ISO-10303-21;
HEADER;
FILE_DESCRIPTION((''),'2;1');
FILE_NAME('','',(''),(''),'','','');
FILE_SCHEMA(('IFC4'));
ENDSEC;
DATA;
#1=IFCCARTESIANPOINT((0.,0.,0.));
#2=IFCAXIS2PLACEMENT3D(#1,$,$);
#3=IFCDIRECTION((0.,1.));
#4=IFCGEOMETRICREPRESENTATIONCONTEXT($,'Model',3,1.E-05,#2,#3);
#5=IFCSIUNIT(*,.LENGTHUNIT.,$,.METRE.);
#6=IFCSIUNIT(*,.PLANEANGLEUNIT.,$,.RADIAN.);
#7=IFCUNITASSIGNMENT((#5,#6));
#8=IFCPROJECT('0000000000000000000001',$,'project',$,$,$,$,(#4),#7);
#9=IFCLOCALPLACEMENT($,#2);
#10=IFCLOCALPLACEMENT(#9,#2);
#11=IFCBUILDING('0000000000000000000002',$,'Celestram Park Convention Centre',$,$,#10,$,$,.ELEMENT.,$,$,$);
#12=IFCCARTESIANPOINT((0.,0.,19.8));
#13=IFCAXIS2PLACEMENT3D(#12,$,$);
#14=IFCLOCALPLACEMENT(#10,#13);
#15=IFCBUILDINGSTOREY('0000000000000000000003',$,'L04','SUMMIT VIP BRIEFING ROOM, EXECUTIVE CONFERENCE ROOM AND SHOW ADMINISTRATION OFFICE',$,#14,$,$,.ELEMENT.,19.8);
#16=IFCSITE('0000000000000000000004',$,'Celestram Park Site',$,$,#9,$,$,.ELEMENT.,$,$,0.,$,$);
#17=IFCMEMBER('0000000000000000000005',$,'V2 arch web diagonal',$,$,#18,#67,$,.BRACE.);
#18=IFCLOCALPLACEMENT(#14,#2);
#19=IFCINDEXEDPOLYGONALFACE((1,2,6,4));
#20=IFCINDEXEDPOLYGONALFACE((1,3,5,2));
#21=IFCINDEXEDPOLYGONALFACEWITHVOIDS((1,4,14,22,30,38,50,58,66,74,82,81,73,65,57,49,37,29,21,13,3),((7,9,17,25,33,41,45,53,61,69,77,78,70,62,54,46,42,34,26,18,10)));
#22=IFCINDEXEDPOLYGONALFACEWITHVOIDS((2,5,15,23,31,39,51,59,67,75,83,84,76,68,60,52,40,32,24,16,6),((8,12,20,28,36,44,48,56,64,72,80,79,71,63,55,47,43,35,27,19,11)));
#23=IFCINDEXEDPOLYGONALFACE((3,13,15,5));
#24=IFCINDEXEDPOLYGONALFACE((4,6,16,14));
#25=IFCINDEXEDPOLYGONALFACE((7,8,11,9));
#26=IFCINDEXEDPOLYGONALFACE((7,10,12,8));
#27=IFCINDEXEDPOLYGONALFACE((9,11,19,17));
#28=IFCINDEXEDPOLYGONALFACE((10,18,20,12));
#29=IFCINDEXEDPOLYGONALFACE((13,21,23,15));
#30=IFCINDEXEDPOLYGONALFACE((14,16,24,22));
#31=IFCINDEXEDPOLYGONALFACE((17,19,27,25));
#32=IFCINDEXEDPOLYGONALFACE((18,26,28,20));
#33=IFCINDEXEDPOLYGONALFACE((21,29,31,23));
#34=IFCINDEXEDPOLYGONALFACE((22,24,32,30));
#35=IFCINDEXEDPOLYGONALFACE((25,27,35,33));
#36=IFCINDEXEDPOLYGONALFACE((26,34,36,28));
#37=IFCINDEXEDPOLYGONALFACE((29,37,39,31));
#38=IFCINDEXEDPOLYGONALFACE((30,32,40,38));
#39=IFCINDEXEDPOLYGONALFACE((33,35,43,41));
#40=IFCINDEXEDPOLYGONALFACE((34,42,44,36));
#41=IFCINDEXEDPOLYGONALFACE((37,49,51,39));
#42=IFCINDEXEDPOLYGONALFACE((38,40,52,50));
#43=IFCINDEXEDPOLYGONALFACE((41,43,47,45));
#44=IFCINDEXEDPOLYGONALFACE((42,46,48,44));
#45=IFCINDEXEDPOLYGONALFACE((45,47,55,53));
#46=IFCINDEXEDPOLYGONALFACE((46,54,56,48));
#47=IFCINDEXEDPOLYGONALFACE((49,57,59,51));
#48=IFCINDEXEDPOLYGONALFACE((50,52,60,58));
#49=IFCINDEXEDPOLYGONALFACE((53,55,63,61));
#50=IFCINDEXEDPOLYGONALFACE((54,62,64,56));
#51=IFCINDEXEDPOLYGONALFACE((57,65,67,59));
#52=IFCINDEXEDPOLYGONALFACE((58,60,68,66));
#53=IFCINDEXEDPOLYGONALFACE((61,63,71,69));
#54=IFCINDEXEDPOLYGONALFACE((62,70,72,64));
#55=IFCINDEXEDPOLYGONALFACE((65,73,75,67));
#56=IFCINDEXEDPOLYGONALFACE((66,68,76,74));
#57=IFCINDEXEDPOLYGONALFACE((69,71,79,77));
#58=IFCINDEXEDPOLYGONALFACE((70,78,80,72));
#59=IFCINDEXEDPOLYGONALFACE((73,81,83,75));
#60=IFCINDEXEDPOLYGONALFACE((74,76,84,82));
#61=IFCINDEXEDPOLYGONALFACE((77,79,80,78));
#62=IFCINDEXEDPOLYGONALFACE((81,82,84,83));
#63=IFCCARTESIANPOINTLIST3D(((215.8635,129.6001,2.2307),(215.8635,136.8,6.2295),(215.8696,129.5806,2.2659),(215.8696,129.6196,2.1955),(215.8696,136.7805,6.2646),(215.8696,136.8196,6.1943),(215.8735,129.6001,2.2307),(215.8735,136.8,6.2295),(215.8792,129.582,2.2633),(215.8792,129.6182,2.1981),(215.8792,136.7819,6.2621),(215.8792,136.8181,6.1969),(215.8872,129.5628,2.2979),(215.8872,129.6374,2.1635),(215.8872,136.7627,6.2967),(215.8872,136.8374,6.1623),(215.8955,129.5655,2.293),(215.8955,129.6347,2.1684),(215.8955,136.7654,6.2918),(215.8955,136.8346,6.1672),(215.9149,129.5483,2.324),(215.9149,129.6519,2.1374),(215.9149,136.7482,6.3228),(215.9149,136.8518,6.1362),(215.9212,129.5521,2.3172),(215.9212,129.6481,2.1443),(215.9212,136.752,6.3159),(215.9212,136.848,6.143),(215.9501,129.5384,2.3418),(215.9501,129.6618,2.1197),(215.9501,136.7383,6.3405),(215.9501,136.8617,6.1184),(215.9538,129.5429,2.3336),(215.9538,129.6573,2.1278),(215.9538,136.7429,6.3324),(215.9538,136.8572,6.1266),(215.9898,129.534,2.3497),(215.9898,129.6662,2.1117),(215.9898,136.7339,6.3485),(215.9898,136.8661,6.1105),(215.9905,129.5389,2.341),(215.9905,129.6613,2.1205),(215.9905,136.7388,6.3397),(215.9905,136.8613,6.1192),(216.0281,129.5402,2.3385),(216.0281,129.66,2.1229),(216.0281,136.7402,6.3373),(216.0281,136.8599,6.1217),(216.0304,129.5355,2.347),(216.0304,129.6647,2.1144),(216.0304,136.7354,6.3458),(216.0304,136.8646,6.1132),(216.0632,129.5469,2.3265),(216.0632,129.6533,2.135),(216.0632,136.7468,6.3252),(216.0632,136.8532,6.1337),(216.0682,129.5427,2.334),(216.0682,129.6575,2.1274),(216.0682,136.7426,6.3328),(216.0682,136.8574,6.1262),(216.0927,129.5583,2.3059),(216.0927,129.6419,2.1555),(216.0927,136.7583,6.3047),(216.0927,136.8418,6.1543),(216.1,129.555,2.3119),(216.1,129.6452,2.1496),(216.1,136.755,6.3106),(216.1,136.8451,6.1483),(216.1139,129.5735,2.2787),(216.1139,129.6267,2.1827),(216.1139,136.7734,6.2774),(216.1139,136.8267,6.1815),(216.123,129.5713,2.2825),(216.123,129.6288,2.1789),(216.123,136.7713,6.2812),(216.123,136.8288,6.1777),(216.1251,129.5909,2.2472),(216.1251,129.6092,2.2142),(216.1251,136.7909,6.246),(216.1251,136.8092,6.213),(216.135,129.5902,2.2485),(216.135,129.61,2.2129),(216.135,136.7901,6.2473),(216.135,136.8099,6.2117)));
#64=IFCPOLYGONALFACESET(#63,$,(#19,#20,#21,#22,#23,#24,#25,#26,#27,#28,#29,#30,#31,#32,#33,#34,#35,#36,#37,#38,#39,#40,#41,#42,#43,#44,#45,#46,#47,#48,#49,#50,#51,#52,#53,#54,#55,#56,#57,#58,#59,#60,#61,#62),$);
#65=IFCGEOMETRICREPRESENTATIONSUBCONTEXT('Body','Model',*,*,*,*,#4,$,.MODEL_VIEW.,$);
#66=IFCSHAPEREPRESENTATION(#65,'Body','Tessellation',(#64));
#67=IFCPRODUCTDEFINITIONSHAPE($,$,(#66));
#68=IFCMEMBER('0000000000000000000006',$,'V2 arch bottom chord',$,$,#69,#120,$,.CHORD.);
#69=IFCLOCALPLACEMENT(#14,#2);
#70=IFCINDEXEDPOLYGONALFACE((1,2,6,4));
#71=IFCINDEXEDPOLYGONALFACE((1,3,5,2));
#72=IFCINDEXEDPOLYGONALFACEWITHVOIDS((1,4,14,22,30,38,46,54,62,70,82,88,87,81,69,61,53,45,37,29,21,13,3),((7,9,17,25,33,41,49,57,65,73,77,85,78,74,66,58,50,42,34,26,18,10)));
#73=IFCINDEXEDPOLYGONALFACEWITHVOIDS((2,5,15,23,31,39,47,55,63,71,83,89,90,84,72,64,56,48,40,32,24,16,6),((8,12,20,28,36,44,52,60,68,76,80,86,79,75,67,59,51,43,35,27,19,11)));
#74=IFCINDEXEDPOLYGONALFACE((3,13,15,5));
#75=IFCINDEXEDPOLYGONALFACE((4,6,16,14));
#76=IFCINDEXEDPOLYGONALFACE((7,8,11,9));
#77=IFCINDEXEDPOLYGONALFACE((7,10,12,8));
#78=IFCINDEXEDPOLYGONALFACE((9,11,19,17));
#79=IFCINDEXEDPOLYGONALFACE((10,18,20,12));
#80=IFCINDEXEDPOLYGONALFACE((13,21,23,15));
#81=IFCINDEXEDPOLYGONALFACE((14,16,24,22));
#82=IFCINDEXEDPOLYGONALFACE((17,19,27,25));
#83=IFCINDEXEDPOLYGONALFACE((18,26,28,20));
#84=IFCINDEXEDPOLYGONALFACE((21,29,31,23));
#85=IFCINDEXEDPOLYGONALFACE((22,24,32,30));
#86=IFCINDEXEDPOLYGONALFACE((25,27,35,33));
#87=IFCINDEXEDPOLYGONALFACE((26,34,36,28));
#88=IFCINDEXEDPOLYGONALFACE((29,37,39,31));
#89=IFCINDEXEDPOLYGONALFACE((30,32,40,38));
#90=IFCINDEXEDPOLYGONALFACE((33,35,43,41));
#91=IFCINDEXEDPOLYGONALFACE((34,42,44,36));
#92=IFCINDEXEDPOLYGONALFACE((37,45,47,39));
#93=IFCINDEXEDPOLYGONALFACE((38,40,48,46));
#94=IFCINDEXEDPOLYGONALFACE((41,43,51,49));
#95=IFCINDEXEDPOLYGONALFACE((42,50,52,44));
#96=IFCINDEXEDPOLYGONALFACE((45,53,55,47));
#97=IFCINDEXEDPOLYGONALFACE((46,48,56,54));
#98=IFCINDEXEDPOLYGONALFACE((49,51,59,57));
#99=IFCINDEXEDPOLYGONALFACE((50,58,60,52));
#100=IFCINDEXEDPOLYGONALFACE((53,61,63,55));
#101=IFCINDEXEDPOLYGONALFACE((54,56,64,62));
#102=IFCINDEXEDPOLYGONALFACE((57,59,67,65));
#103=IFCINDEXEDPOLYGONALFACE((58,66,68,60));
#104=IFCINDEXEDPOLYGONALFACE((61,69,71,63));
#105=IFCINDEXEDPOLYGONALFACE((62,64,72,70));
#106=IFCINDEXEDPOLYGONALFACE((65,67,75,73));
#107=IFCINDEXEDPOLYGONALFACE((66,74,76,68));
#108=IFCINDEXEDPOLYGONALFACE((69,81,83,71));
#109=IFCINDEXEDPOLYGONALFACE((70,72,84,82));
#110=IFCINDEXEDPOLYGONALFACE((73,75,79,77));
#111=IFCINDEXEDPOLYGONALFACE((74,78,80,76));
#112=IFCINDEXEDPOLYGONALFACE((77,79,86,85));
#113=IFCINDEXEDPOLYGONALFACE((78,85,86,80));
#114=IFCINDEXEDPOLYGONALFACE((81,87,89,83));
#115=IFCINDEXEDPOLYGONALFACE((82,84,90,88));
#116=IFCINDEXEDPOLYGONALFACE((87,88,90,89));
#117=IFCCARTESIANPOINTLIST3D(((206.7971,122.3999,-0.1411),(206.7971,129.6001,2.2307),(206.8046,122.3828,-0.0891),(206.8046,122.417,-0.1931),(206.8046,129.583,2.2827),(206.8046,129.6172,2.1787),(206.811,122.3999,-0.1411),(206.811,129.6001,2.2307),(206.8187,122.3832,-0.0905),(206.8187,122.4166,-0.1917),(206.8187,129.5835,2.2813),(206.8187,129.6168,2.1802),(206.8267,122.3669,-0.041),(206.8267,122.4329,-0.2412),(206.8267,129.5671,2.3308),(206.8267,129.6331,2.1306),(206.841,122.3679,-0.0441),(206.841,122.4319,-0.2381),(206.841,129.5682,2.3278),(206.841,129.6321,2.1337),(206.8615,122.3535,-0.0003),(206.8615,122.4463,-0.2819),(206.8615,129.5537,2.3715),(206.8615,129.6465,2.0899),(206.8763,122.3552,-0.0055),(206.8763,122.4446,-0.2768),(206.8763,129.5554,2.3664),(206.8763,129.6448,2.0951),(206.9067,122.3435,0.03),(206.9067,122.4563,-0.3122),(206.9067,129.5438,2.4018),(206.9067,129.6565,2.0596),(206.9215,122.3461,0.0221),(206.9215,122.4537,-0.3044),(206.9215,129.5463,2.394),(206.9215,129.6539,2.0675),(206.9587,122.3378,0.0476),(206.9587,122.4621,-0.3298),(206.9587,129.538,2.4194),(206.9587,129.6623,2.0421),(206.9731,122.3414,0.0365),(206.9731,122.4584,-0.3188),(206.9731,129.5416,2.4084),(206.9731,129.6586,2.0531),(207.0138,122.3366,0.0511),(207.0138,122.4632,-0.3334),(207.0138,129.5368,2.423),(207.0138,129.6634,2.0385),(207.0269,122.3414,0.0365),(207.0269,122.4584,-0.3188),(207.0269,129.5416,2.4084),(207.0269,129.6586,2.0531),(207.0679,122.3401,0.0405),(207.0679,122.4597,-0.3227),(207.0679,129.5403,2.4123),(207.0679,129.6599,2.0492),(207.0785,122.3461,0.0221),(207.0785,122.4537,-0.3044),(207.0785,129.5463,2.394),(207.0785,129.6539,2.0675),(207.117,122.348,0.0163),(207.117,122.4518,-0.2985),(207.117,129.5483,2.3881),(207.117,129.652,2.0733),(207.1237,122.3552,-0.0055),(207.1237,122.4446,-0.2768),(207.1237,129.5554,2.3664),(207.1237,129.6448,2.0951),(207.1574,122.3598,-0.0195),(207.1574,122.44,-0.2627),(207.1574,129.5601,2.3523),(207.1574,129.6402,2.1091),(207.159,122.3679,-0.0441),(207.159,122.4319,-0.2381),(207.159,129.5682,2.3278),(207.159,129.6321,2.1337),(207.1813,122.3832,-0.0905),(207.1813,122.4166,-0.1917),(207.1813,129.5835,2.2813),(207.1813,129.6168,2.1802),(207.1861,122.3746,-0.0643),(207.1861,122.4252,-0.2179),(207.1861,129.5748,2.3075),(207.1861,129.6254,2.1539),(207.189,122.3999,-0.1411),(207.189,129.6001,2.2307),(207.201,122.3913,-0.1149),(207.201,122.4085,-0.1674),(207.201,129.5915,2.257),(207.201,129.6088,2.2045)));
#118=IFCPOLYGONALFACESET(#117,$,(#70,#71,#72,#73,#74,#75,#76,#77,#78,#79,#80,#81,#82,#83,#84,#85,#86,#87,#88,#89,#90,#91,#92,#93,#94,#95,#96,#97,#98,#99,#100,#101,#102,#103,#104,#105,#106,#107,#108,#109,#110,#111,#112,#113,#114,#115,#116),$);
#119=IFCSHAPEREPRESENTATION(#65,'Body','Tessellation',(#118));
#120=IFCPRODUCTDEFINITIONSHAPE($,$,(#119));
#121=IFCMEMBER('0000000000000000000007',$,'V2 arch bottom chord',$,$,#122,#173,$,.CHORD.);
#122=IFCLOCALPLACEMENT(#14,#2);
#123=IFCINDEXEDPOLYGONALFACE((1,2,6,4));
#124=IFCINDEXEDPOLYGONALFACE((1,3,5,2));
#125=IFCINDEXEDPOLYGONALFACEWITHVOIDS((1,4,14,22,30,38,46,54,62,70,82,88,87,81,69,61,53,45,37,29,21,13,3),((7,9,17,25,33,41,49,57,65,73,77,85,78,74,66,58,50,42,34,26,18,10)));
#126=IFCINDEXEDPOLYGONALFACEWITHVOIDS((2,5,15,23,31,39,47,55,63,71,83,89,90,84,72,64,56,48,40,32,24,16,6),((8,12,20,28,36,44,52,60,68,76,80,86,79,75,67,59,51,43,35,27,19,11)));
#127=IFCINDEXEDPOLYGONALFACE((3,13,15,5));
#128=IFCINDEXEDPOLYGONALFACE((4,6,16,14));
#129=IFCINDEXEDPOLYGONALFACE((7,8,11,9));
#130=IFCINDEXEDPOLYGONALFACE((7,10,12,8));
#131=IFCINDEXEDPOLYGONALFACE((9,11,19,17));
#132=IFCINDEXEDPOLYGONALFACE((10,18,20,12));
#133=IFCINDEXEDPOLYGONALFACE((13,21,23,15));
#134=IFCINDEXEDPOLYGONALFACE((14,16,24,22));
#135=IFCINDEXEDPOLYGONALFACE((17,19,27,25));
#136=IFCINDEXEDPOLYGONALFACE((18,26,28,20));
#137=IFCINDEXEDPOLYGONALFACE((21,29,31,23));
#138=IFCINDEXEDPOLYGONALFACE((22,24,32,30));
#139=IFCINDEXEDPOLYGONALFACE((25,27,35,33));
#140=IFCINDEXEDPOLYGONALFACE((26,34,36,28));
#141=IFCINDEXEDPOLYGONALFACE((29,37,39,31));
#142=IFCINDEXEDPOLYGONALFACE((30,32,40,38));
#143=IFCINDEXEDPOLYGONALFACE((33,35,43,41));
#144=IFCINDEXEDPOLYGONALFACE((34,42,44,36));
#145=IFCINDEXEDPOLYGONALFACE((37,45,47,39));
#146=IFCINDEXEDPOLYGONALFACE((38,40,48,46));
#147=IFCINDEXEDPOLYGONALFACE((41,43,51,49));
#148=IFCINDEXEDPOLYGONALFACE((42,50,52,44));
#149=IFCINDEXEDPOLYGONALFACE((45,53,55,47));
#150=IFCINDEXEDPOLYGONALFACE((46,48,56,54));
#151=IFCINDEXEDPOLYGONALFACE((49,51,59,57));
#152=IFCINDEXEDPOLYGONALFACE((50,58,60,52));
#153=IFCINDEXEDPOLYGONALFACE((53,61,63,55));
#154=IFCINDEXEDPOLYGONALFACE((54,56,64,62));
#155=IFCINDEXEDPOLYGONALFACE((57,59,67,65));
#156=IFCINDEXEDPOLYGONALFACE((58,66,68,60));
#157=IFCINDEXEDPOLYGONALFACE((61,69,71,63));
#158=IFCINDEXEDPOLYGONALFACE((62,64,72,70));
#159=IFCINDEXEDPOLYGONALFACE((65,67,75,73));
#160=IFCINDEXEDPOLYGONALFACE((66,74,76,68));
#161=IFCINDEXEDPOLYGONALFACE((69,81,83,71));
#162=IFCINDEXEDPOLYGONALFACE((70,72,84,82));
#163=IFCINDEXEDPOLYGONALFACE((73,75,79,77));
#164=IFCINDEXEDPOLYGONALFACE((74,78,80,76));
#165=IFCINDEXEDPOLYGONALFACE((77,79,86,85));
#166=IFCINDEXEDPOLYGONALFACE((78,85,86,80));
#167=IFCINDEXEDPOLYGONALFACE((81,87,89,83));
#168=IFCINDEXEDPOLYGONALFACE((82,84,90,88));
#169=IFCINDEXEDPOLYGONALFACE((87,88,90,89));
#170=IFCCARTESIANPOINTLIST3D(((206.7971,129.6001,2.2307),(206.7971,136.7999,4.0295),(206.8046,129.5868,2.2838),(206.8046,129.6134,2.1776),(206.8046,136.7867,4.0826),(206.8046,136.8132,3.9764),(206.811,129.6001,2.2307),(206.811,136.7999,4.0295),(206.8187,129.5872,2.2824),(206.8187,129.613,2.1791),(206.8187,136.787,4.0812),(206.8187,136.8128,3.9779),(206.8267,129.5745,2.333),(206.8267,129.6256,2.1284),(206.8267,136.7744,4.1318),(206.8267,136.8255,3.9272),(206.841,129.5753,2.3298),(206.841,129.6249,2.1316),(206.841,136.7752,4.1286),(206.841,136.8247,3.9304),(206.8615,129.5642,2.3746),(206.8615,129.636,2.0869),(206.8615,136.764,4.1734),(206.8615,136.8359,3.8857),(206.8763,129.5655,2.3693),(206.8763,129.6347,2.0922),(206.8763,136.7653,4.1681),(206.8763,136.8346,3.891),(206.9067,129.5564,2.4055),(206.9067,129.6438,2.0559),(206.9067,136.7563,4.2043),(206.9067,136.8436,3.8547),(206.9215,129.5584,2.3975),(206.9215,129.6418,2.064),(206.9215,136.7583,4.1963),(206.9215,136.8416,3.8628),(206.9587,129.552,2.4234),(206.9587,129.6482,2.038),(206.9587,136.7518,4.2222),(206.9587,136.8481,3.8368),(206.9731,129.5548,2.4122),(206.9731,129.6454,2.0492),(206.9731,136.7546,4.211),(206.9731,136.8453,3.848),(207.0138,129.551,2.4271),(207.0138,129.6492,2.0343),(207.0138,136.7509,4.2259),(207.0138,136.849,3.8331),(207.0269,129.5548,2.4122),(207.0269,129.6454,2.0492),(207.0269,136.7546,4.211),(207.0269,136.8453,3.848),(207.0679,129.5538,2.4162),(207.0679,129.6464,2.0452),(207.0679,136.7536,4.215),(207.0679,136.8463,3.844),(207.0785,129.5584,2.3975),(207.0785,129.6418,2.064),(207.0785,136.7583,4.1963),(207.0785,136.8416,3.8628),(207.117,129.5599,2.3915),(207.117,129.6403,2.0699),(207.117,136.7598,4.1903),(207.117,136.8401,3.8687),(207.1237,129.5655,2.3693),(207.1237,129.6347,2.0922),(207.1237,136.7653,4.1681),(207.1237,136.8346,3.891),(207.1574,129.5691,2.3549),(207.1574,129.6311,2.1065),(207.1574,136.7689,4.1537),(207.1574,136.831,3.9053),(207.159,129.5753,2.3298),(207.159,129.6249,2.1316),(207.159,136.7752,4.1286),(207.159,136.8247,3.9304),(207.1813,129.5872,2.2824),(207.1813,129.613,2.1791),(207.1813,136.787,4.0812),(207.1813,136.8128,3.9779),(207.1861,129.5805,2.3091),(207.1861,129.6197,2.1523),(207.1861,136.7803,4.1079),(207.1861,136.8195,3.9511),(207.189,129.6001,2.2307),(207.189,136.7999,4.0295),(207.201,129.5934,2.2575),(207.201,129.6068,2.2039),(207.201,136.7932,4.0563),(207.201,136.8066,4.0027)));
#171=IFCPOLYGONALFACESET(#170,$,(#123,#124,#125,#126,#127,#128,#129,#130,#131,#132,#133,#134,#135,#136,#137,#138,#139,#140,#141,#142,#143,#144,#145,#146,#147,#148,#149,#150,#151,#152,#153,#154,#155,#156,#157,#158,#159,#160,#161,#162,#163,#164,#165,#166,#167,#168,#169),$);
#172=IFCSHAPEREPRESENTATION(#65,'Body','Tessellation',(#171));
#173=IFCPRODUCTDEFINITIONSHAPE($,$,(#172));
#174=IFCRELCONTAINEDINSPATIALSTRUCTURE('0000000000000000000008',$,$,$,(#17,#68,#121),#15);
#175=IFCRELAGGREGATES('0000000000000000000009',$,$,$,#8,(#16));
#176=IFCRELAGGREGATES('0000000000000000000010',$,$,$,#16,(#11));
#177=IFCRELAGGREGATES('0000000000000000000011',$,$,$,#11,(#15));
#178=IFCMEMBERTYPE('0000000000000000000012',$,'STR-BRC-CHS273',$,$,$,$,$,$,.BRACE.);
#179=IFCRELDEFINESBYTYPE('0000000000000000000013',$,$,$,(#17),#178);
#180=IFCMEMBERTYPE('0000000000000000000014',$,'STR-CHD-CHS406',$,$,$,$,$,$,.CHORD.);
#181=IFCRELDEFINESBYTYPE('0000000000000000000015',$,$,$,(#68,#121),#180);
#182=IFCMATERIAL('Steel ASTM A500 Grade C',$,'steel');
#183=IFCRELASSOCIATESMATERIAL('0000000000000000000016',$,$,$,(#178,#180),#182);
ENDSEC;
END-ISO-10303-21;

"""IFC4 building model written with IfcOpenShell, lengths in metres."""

from ifc_helpers import new_model, si_unit, direction, frame, origin, origin_2d, place, context, subcontext, project, spatial, hollow_circle, extrude, material, material_profile, profile_set, type_object, element, save


model = new_model("IFC4")

# Units and contexts
model_context = context("Model", 3, precision=1e-05, world=origin(), true_north=direction((0.0, 1.0)))
body_context = subcontext(model_context, "Body", "Model", "MODEL_VIEW")
ifc_project = project(units=[si_unit("LENGTHUNIT", "METRE"), si_unit("PLANEANGLEUNIT", "RADIAN")], contexts=[model_context])

# Site, building, storey
site_placement = place(None, origin())
site = spatial("IfcSite", under=ifc_project, at=site_placement, Name="Celestram Park Site", CompositionType="ELEMENT", RefElevation=0.0)
building_placement = place(site_placement, origin())
building = spatial("IfcBuilding", under=site, at=building_placement, Name="Celestram Park Convention Centre", CompositionType="ELEMENT")
storey_placement = place(building_placement, frame((0.0, 0.0, 19.8)))
storey = spatial("IfcBuildingStorey", under=building, at=storey_placement, Name="L04", Description="SUMMIT VIP BRIEFING ROOM, EXECUTIVE CONFERENCE ROOM AND SHOW ADMINISTRATION OFFICE", CompositionType="ELEMENT", Elevation=19.8)

# Members
ifc_material_1 = material(Name="Steel ASTM A500 Grade C", Category="steel")
ifc_material_profile_1 = material_profile(ifc_material_1, hollow_circle(Radius=0.1365, WallThickness=0.01, at=origin_2d()), Name="CHS273X10")
ifc_profile_set_1 = profile_set([ifc_material_profile_1], Name="Steel ASTM A500 Grade C")
member_type_1 = type_object("IfcMemberType", Name="STR-BRC-CHS273", PredefinedType="BRACE", material=ifc_profile_set_1)
member_1_placement = place(storey_placement, frame((216.0, 129.6001, 2.2307), z_axis=(0.0, 0.874219, 0.485532), x_axis=(-1.0, 0.0, 0.0)))
element("IfcMember", 1, at=member_1_placement, inside=storey, type_object=member_type_1, Name="V2 arch web diagonal", PredefinedType="BRACE", context=body_context, shape_type="SweptSolid", body=[
    extrude(hollow_circle(Radius=0.1365, WallThickness=0.01, at=origin_2d()), origin(), (0.0, 0.0, 1.0), 8.2358),
])
ifc_material_profile_2 = material_profile(ifc_material_1, hollow_circle(Radius=0.2029, WallThickness=0.0139, at=origin_2d()), Name="CHS406X14")
ifc_profile_set_2 = profile_set([ifc_material_profile_2], Name="Steel ASTM A500 Grade C")
member_type_2 = type_object("IfcMemberType", Name="STR-CHD-CHS406", PredefinedType="CHORD", material=ifc_profile_set_2)
member_2_placement = place(storey_placement, frame((207.0, 122.3999, -0.1411), z_axis=(0.0, 0.949795, 0.312873), x_axis=(-1.0, 0.0, 0.0)))
element("IfcMember", 2, at=member_2_placement, inside=storey, type_object=member_type_2, Name="V2 arch bottom chord", PredefinedType="CHORD", context=body_context, shape_type="SweptSolid", body=[
    extrude(hollow_circle(Radius=0.2029, WallThickness=0.0139, at=origin_2d()), origin(), (0.0, 0.0, 1.0), 7.5808),
])
member_3_placement = place(storey_placement, frame((207.0, 129.6001, 2.2307), z_axis=(0.0, 0.970179, 0.242389), x_axis=(-1.0, 0.0, 0.0)))
element("IfcMember", 3, at=member_3_placement, inside=storey, type_object=member_type_2, Name="V2 arch bottom chord", PredefinedType="CHORD", context=body_context, shape_type="SweptSolid", body=[
    extrude(hollow_circle(Radius=0.2029, WallThickness=0.0139, at=origin_2d()), origin(), (0.0, 0.0, 1.0), 7.4211),
])

save(model, "model.ifc")
